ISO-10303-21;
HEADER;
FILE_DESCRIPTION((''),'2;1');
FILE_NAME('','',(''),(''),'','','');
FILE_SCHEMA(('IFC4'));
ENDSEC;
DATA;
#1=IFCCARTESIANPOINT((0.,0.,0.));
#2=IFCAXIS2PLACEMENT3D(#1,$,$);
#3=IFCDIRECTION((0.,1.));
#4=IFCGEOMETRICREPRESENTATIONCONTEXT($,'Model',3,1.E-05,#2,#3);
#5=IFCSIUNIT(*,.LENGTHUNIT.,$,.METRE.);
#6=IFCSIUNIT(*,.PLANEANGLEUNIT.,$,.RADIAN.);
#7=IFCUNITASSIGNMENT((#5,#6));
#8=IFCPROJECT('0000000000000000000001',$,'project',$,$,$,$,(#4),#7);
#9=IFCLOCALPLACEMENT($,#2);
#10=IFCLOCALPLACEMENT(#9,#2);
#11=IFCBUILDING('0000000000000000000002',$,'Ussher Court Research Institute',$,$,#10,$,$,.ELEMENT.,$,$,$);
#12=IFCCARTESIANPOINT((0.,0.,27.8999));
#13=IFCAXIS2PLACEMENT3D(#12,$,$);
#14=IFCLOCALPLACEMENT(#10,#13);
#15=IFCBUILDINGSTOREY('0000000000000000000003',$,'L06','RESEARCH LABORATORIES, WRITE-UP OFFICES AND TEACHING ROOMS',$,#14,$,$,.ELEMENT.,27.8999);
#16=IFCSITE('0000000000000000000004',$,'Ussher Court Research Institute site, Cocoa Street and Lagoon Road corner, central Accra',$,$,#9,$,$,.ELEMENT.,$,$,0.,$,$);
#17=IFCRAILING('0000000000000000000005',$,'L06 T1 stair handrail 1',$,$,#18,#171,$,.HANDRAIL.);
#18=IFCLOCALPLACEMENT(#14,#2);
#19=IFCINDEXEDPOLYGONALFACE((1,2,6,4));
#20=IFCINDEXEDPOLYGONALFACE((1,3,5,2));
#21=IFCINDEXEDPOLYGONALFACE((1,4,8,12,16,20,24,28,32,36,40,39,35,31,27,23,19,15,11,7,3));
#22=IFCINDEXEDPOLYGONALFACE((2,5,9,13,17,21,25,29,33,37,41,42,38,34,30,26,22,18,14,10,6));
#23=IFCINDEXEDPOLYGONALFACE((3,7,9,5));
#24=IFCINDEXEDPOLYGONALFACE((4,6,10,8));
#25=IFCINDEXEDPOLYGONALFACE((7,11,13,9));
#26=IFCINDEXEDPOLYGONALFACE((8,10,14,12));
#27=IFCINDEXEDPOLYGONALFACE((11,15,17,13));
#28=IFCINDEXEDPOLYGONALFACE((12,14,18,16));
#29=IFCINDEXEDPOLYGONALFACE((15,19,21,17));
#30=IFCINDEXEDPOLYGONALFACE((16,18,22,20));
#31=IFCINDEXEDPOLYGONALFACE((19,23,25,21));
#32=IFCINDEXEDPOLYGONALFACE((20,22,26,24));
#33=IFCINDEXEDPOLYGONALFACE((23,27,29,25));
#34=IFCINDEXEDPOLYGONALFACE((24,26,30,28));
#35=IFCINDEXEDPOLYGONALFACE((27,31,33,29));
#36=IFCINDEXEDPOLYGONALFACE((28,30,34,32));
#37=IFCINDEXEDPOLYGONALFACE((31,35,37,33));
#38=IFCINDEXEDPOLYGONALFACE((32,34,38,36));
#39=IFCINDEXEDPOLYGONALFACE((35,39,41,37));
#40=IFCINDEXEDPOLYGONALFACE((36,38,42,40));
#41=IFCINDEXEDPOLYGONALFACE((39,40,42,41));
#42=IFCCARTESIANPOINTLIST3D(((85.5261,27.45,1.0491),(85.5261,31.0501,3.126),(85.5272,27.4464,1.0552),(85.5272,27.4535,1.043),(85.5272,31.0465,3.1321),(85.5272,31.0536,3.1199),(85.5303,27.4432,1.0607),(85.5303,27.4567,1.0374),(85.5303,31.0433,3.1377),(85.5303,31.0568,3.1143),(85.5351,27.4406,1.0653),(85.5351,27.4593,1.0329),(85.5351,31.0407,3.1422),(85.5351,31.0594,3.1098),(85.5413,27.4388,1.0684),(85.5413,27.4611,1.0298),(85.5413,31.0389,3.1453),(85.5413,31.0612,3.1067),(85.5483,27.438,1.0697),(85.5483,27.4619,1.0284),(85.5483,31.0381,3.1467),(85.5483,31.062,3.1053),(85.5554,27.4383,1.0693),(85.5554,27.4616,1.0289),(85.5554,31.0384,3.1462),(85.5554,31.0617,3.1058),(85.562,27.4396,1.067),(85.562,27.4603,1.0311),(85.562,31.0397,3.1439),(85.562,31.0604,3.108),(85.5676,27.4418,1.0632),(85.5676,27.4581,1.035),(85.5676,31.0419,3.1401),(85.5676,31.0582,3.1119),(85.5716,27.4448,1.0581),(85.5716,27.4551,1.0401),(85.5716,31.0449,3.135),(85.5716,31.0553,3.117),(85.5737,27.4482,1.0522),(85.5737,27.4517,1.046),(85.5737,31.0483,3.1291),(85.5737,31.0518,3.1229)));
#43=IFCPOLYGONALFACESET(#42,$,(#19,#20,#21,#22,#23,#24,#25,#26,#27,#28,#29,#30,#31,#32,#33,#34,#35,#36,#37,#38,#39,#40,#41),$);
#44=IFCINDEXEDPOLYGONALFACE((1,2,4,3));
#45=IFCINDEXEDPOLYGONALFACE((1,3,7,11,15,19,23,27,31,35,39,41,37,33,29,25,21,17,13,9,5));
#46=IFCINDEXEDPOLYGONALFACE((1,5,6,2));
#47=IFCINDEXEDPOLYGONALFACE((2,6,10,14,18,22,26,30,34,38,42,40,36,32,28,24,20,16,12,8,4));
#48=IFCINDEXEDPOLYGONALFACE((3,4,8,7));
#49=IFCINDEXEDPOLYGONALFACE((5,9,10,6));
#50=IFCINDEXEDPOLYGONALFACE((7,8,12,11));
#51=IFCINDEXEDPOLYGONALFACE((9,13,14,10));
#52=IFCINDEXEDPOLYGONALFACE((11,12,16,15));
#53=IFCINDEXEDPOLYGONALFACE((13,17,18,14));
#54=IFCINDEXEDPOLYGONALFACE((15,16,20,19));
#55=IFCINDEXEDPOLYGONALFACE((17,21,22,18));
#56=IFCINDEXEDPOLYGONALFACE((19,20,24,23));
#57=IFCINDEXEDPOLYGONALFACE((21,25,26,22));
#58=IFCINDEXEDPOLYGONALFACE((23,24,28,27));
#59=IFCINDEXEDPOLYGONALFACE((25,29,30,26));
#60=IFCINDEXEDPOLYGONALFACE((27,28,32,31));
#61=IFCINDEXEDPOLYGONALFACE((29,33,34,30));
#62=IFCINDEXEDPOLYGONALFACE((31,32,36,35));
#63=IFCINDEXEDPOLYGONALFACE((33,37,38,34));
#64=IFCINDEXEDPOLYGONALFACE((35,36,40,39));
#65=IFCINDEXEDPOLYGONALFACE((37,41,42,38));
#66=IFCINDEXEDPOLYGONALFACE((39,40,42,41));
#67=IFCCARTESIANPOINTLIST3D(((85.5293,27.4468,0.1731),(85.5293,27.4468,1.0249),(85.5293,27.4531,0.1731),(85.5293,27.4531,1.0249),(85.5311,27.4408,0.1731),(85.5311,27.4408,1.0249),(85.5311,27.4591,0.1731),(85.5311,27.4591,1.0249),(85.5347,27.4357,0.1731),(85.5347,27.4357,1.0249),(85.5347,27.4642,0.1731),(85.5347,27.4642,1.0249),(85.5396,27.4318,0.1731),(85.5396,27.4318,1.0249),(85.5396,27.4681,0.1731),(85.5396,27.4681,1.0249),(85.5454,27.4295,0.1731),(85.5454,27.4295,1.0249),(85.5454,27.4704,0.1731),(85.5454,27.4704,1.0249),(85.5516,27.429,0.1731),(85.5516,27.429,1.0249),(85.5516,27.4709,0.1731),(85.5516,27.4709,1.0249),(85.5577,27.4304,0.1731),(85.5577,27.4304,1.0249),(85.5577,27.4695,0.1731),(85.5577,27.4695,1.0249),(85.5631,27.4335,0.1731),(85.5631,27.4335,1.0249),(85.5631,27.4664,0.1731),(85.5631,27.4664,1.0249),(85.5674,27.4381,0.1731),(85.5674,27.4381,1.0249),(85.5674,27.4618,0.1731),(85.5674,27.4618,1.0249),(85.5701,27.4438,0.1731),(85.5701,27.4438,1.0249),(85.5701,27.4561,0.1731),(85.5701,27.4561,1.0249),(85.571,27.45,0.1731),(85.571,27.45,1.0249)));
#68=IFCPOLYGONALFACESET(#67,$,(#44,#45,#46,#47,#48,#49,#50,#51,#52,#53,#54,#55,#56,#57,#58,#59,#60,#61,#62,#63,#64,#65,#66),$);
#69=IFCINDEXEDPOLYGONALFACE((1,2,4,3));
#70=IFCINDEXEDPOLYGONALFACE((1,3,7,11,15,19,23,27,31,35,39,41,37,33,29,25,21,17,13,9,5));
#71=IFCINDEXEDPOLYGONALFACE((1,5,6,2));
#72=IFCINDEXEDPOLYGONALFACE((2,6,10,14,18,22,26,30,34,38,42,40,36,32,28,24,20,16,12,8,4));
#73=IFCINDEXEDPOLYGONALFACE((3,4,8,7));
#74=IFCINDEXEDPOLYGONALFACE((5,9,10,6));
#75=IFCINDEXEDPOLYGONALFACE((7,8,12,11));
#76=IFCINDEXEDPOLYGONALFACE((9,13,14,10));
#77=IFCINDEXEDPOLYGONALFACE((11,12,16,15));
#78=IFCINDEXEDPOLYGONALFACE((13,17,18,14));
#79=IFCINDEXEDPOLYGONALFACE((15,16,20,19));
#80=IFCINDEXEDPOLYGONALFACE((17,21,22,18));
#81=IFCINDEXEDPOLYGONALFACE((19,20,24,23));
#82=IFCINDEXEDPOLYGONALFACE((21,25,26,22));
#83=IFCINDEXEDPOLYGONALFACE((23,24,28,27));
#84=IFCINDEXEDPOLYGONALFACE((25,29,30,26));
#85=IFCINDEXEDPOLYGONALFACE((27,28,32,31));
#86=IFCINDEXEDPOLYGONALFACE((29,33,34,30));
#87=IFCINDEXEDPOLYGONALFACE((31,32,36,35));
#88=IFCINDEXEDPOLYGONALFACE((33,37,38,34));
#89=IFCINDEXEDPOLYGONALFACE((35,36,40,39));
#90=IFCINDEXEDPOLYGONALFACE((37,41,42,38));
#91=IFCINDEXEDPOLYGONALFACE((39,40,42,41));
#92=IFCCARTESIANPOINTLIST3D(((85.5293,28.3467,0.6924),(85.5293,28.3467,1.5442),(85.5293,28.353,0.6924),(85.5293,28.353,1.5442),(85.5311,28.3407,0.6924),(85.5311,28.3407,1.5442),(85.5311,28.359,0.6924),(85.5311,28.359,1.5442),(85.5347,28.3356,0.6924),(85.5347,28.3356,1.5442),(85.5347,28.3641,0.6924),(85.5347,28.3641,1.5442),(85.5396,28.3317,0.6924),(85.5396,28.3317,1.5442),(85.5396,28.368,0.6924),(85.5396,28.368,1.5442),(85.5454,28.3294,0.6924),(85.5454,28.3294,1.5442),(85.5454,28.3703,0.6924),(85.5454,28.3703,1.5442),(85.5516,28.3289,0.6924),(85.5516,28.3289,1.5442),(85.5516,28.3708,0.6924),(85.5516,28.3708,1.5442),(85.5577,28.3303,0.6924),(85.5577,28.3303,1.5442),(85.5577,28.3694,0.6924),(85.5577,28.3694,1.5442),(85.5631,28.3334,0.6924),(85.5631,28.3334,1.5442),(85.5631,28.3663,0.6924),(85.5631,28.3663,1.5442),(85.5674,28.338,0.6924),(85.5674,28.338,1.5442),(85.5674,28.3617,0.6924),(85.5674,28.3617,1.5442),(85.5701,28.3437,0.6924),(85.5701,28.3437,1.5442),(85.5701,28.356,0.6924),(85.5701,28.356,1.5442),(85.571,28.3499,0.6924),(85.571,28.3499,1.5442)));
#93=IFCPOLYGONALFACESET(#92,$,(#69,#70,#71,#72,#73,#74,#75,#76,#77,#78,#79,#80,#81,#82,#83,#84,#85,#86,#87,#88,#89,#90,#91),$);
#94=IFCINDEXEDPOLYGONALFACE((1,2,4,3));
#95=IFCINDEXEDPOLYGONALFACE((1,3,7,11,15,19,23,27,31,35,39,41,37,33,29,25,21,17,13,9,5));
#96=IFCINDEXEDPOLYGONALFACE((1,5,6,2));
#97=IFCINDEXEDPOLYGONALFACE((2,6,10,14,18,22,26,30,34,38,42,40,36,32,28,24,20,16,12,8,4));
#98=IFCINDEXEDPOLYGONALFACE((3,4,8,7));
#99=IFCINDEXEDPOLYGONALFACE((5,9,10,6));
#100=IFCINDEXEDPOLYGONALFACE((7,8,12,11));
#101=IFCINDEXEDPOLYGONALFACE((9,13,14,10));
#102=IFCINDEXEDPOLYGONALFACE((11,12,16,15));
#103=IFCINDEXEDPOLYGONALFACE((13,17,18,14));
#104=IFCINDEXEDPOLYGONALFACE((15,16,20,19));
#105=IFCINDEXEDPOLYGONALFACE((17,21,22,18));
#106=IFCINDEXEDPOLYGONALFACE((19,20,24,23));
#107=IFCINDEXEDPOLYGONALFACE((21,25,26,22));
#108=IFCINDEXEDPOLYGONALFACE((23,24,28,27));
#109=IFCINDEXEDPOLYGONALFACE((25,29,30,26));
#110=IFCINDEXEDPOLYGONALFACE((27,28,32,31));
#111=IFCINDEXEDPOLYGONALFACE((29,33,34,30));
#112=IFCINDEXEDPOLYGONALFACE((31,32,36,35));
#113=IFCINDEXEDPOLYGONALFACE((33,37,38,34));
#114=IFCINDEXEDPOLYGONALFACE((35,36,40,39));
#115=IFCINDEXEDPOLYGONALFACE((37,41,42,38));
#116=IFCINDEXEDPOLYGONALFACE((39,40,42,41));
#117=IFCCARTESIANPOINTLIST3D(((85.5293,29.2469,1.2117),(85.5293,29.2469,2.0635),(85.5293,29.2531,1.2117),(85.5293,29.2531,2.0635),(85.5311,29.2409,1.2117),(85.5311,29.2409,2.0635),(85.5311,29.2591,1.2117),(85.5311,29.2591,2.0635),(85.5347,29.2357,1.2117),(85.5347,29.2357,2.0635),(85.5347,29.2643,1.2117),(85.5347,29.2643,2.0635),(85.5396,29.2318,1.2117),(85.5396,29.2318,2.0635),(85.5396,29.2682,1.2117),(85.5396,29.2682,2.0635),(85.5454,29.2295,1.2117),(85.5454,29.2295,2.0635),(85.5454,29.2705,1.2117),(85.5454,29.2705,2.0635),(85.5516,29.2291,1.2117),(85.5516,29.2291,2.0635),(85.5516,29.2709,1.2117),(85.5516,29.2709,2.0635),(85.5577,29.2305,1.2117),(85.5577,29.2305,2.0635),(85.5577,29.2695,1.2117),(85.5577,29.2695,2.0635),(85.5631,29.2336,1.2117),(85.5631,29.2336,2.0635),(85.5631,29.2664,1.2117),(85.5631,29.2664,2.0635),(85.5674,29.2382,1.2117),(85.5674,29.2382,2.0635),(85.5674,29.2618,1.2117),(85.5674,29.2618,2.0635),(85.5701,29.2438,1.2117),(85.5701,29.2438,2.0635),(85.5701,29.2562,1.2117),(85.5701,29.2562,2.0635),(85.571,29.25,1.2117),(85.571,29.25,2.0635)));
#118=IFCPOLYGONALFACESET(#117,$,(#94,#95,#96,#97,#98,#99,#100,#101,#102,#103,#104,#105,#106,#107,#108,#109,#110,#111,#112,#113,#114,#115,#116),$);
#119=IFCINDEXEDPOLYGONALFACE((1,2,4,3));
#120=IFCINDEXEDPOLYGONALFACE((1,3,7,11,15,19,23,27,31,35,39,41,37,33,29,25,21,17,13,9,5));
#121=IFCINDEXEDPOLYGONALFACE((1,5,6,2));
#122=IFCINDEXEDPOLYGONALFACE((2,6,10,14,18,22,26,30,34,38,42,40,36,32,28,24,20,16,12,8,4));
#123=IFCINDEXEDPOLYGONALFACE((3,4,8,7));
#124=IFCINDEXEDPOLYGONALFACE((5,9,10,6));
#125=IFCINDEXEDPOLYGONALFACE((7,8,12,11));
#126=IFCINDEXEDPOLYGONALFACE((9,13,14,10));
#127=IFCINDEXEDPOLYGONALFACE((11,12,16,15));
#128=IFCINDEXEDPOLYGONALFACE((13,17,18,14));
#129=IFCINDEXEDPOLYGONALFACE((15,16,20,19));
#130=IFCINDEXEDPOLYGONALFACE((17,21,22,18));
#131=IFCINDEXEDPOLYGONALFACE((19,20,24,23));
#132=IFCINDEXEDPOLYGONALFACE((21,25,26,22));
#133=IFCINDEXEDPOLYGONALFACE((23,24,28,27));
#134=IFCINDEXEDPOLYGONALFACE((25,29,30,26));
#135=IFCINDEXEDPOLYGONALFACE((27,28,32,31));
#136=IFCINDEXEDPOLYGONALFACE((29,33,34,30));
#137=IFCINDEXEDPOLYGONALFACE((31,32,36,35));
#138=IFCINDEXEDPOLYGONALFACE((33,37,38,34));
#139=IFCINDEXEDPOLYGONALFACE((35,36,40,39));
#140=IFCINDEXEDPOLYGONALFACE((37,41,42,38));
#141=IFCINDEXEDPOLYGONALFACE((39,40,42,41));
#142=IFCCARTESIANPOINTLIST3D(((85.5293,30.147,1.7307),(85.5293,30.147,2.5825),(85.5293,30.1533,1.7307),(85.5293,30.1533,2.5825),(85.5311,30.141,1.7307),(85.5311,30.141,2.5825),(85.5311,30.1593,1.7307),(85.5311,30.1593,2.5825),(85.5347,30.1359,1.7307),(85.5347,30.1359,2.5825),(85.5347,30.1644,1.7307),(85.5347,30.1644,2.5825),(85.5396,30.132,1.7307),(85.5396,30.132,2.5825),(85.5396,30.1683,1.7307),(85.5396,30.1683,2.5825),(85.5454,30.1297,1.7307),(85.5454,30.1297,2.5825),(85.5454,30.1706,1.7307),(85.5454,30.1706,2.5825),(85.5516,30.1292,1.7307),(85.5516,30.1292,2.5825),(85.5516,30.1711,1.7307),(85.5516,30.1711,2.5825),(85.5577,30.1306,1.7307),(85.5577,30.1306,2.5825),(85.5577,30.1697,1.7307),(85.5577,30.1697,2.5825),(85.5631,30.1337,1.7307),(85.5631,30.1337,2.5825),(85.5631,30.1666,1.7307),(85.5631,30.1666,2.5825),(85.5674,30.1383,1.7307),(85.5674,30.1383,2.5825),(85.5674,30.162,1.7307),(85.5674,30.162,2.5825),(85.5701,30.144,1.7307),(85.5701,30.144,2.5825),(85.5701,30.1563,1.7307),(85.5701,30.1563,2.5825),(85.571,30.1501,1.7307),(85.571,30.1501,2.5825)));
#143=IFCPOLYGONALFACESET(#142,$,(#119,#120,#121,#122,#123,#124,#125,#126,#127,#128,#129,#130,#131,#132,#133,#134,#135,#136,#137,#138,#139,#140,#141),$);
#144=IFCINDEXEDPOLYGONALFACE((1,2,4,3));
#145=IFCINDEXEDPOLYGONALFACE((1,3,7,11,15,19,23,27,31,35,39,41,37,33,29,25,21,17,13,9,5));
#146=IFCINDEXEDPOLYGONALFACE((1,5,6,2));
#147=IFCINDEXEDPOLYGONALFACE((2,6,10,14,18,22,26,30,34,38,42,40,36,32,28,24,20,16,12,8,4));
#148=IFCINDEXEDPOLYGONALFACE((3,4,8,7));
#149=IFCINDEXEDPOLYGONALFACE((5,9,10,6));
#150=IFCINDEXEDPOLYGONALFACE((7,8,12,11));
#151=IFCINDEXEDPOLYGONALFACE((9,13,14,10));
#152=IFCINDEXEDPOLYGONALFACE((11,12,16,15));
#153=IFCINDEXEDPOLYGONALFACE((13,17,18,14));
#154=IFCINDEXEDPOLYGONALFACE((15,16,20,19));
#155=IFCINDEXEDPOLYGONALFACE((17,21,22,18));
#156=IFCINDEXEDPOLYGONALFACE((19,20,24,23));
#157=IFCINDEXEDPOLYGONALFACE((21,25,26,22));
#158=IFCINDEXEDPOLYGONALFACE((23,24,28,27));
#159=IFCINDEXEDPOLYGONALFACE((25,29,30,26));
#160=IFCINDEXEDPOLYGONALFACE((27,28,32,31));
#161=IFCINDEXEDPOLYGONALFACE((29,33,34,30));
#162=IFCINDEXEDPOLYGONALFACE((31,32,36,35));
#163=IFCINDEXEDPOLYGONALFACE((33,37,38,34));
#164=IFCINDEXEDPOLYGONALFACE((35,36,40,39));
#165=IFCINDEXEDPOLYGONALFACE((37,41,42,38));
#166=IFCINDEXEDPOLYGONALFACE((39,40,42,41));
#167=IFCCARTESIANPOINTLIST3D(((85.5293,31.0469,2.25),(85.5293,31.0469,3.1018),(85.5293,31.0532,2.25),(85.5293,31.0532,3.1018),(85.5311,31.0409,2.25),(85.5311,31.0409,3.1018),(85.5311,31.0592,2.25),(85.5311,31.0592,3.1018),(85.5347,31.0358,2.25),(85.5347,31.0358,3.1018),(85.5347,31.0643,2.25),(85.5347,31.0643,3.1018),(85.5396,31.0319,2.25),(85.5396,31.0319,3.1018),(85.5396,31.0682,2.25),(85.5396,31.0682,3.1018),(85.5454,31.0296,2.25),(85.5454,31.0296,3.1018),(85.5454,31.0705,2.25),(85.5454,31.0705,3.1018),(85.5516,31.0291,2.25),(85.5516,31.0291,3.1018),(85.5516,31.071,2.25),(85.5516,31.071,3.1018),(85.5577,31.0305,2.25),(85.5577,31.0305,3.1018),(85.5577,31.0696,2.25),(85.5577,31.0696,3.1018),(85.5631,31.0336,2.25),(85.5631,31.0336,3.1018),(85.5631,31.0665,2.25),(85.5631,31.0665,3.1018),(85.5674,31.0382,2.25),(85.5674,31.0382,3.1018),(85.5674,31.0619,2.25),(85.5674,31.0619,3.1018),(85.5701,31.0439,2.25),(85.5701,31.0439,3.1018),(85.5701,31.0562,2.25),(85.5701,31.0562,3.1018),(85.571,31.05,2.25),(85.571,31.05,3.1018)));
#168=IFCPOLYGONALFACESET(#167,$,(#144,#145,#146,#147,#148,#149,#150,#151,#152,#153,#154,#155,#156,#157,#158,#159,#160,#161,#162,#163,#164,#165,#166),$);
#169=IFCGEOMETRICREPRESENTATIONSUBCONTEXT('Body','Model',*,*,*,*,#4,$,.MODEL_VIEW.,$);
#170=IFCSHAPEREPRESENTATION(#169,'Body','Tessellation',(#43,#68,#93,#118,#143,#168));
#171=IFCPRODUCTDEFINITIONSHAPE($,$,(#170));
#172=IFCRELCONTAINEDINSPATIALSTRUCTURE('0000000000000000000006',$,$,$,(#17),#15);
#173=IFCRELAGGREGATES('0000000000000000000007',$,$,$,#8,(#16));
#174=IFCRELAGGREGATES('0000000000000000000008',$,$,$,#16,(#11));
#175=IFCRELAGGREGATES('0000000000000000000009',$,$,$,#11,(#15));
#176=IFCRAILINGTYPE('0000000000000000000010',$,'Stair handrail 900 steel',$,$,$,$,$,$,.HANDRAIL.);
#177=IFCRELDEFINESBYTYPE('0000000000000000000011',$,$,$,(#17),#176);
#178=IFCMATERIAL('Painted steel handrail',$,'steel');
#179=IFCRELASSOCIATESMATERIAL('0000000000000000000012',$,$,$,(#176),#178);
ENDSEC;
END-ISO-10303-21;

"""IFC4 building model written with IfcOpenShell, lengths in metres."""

from ifc_helpers import new_model, si_unit, direction, frame, origin, origin_2d, place, context, subcontext, project, spatial, circle, extrude, material, type_object, element, save


model = new_model("IFC4")

# Units and contexts
model_context = context("Model", 3, precision=1e-05, world=origin(), true_north=direction((0.0, 1.0)))
body_context = subcontext(model_context, "Body", "Model", "MODEL_VIEW")
ifc_project = project(units=[si_unit("LENGTHUNIT", "METRE"), si_unit("PLANEANGLEUNIT", "RADIAN")], contexts=[model_context])

# Site, building, storey
site_placement = place(None, origin())
site = spatial("IfcSite", under=ifc_project, at=site_placement, Name="Ussher Court Research Institute site, Cocoa Street and Lagoon Road corner, central Accra", CompositionType="ELEMENT", RefElevation=0.0)
building_placement = place(site_placement, origin())
building = spatial("IfcBuilding", under=site, at=building_placement, Name="Ussher Court Research Institute", CompositionType="ELEMENT")
storey_placement = place(building_placement, frame((0.0, 0.0, 27.8999)))
storey = spatial("IfcBuildingStorey", under=building, at=storey_placement, Name="L06", Description="RESEARCH LABORATORIES, WRITE-UP OFFICES AND TEACHING ROOMS", CompositionType="ELEMENT", Elevation=27.8999)

# Railing
ifc_material_1 = material(Name="Painted steel handrail", Category="steel")
railing_type_1 = type_object("IfcRailingType", Name="Stair handrail 900 steel", PredefinedType="HANDRAIL", material=ifc_material_1)
railing_1_placement = place(storey_placement, frame((85.55, 27.45, 0.1731)))
element("IfcRailing", 1, at=railing_1_placement, inside=storey, type_object=railing_type_1, Name="L06 T1 stair handrail 1", PredefinedType="HANDRAIL", context=body_context, shape_type="SweptSolid", body=[
    extrude(circle(Radius=0.0239, at=origin_2d()), frame((0.0, 0.0, 0.876), z_axis=(0.0, 0.866193, 0.499709), x_axis=(-1.0, 0.0, 0.0)), (0.0, 0.0, 1.0), 4.1562),
    extrude(circle(Radius=0.021, at=origin_2d()), origin(), (0.0, 0.0, 1.0), 0.8518),
    extrude(circle(Radius=0.021, at=origin_2d()), frame((0.0, 0.8999, 0.5193)), (0.0, 0.0, 1.0), 0.8518),
    extrude(circle(Radius=0.021, at=origin_2d()), frame((0.0, 1.8, 1.0386)), (0.0, 0.0, 1.0), 0.8518),
    extrude(circle(Radius=0.021, at=origin_2d()), frame((0.0, 2.7002, 1.5576)), (0.0, 0.0, 1.0), 0.8518),
    extrude(circle(Radius=0.021, at=origin_2d()), frame((0.0, 3.6001, 2.0769)), (0.0, 0.0, 1.0), 0.8518),
])

save(model, "model.ifc")
